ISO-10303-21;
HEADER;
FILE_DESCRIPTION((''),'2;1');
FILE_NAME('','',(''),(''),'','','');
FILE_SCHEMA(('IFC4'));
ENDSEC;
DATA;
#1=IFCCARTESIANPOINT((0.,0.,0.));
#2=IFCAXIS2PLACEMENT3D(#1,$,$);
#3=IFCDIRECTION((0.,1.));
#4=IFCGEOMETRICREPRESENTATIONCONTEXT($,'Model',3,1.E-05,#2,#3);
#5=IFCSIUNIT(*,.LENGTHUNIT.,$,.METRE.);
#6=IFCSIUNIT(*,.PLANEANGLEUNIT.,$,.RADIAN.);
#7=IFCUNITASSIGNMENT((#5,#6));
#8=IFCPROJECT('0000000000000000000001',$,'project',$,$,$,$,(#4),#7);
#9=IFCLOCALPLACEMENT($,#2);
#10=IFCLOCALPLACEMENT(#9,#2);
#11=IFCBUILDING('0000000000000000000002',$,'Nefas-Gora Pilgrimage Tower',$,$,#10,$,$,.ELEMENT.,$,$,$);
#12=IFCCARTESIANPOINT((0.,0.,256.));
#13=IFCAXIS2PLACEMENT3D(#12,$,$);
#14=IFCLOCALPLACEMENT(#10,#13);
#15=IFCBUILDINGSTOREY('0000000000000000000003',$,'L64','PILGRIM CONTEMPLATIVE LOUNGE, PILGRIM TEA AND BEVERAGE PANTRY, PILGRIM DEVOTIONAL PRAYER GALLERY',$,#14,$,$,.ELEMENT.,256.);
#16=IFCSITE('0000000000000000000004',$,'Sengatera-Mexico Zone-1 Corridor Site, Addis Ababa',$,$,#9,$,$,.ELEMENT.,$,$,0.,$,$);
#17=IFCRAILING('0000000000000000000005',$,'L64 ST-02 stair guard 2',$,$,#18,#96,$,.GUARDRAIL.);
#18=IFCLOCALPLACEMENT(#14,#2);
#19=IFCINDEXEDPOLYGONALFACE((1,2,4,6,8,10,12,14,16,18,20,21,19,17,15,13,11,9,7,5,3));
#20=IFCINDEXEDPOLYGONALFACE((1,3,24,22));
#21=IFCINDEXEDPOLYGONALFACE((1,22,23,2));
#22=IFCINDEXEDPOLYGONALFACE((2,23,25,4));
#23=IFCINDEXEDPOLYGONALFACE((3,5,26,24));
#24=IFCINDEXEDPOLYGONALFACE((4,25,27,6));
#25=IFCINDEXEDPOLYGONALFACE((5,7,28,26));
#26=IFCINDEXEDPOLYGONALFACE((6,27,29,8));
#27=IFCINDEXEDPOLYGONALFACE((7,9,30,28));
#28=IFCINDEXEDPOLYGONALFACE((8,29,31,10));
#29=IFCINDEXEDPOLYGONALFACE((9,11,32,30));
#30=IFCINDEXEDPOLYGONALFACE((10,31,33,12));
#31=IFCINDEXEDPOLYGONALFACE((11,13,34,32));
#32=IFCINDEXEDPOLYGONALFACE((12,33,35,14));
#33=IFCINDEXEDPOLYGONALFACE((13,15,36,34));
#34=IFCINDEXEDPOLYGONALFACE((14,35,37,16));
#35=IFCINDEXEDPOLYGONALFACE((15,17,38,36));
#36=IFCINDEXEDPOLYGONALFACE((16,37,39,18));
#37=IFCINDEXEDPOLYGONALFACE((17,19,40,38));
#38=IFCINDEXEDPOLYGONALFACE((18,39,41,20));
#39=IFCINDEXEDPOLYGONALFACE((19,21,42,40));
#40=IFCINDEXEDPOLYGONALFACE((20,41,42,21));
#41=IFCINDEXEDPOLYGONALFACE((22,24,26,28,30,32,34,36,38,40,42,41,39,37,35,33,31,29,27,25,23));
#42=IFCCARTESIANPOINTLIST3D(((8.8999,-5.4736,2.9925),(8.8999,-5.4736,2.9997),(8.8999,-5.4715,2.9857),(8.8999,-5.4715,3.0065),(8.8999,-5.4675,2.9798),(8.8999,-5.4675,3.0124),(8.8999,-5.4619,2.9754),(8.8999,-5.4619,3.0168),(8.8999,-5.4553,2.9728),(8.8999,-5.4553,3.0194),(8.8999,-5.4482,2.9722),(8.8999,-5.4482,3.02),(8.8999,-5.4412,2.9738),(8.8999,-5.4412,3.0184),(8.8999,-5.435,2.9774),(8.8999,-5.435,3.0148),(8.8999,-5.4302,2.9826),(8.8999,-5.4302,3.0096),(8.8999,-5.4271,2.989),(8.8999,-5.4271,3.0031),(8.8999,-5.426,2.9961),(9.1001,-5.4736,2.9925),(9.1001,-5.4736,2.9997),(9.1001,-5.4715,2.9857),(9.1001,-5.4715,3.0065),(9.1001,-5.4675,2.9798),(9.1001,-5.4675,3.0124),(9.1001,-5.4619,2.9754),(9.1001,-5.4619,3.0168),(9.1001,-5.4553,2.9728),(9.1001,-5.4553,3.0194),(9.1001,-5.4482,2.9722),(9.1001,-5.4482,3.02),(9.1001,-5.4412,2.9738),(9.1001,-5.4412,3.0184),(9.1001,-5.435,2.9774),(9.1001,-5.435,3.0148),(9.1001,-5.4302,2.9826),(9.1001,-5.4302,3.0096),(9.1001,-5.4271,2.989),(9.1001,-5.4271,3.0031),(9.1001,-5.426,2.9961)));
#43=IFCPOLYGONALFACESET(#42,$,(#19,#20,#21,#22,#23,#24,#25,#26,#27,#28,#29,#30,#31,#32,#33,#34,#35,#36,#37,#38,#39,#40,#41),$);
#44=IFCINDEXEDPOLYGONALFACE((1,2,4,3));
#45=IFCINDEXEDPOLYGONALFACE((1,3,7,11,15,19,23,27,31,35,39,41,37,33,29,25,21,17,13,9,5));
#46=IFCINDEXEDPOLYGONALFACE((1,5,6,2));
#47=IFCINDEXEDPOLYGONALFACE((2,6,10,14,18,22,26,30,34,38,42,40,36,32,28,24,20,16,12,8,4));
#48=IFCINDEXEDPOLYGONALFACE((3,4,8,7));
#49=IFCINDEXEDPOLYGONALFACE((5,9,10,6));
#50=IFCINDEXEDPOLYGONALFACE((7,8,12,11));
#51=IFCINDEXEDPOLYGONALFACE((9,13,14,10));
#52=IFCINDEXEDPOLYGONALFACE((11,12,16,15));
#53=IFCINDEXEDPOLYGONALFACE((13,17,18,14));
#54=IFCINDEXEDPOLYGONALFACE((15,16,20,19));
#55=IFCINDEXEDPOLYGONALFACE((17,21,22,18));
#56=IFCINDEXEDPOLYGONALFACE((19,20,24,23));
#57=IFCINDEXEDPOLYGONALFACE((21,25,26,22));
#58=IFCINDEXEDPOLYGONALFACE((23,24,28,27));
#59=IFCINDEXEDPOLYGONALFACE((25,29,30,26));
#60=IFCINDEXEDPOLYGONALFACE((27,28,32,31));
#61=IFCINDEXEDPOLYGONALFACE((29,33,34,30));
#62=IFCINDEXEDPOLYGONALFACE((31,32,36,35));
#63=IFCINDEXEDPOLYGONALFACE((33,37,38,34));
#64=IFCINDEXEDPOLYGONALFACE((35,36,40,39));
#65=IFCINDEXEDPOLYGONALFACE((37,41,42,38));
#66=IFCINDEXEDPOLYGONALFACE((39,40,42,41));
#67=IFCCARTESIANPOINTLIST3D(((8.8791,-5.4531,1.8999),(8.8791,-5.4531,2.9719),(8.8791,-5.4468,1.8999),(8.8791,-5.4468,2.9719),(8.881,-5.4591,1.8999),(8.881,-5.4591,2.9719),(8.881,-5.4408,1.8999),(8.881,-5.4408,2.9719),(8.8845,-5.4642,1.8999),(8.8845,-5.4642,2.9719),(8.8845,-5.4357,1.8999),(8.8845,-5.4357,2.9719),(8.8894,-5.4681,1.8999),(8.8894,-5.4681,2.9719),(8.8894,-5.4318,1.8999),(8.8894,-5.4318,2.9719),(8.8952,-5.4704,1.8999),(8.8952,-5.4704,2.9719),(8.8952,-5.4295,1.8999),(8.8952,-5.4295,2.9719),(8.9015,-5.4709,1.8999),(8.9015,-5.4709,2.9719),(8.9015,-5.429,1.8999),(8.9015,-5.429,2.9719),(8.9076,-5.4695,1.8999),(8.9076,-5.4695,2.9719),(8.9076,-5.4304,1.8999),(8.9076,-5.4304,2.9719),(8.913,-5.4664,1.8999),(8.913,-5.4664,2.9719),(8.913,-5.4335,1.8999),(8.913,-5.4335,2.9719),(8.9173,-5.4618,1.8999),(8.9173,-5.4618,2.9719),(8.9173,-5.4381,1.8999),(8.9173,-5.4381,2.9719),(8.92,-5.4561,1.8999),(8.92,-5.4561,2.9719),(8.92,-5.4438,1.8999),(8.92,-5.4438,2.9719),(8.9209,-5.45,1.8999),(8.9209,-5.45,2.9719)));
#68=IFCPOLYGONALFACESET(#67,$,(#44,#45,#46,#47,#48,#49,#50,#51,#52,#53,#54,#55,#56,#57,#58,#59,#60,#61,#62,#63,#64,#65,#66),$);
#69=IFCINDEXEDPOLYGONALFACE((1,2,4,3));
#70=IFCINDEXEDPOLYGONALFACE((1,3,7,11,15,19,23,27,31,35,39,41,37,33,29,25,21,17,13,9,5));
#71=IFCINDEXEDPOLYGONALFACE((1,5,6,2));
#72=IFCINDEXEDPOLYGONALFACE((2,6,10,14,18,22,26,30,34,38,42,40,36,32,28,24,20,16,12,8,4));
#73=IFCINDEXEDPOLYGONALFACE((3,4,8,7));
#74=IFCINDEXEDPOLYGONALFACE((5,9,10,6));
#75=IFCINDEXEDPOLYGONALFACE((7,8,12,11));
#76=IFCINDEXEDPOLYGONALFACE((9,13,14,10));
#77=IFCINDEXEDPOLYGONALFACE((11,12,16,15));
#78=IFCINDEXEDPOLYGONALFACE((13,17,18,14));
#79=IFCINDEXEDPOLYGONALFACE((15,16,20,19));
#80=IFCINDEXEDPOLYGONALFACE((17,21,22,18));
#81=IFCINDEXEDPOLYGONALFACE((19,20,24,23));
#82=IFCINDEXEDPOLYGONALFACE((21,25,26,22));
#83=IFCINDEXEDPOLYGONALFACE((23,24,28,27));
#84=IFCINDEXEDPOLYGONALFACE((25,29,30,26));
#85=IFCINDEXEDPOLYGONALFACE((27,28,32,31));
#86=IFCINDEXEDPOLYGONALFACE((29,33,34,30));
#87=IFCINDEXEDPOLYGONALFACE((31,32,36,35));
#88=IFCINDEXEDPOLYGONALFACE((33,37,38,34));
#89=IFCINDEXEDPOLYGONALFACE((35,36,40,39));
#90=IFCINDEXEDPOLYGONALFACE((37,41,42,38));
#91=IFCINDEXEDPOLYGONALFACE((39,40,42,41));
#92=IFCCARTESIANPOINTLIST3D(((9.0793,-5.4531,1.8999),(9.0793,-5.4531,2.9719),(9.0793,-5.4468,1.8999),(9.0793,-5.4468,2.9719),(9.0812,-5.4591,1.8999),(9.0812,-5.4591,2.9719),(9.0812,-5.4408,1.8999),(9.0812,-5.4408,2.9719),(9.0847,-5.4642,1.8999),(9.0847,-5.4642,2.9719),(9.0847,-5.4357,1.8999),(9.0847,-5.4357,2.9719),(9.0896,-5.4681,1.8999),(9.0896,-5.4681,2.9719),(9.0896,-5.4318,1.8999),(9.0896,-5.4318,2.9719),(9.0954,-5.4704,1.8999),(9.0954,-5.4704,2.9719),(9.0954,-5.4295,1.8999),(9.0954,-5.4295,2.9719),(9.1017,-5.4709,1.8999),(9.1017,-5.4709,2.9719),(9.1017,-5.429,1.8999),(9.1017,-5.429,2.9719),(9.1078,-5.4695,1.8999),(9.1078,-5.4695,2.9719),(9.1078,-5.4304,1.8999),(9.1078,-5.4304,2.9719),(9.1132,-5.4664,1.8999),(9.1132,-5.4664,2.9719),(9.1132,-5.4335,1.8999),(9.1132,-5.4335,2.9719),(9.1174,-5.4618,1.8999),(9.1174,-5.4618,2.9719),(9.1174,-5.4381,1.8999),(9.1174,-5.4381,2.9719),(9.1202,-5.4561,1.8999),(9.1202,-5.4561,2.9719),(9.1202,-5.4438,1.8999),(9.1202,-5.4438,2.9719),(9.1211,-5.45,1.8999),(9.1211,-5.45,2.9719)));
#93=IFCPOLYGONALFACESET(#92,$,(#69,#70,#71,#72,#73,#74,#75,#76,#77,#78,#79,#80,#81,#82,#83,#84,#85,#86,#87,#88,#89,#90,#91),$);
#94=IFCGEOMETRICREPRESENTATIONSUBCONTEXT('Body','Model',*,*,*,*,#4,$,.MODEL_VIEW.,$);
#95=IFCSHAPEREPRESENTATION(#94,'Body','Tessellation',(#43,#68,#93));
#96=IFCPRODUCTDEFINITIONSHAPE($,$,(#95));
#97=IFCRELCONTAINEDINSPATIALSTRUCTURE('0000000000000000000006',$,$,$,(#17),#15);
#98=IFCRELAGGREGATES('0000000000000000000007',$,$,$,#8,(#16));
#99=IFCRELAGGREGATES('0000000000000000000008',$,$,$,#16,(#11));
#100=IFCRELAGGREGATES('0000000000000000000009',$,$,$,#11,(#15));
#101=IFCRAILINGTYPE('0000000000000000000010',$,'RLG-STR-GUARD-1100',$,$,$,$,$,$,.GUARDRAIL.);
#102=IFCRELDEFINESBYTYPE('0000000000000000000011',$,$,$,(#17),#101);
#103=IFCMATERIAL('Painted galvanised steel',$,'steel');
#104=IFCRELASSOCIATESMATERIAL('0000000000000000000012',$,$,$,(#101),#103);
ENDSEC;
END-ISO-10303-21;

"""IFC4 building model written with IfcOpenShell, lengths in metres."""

from ifc_helpers import new_model, si_unit, direction, frame, origin, origin_2d, place, context, subcontext, project, spatial, circle, extrude, material, type_object, element, save


model = new_model("IFC4")

# Units and contexts
model_context = context("Model", 3, precision=1e-05, world=origin(), true_north=direction((0.0, 1.0)))
body_context = subcontext(model_context, "Body", "Model", "MODEL_VIEW")
ifc_project = project(units=[si_unit("LENGTHUNIT", "METRE"), si_unit("PLANEANGLEUNIT", "RADIAN")], contexts=[model_context])

# Site, building, storey
site_placement = place(None, origin())
site = spatial("IfcSite", under=ifc_project, at=site_placement, Name="Sengatera-Mexico Zone-1 Corridor Site, Addis Ababa", CompositionType="ELEMENT", RefElevation=0.0)
building_placement = place(site_placement, origin())
building = spatial("IfcBuilding", under=site, at=building_placement, Name="Nefas-Gora Pilgrimage Tower", CompositionType="ELEMENT")
storey_placement = place(building_placement, frame((0.0, 0.0, 256.0)))
storey = spatial("IfcBuildingStorey", under=building, at=storey_placement, Name="L64", Description="PILGRIM CONTEMPLATIVE LOUNGE, PILGRIM TEA AND BEVERAGE PANTRY, PILGRIM DEVOTIONAL PRAYER GALLERY", CompositionType="ELEMENT", Elevation=256.0)

# Railing
ifc_material_1 = material(Name="Painted galvanised steel", Category="steel")
railing_type_1 = type_object("IfcRailingType", Name="RLG-STR-GUARD-1100", PredefinedType="GUARDRAIL", material=ifc_material_1)
railing_1_placement = place(storey_placement, frame((8.8999, -5.45, 1.8999)))
element("IfcRailing", 1, at=railing_1_placement, inside=storey, type_object=railing_type_1, Name="L64 ST-02 stair guard 2", PredefinedType="GUARDRAIL", context=body_context, shape_type="SweptSolid", body=[
    extrude(circle(Radius=0.0239, at=origin_2d()), frame((0.0, 0.0, 1.0962), z_axis=(1.0, 0.0, 0.0), x_axis=(0.0, 1.0, 0.0)), (0.0, 0.0, 1.0), 0.2002),
    extrude(circle(Radius=0.021, at=origin_2d()), origin(), (0.0, 0.0, 1.0), 1.072),
    extrude(circle(Radius=0.021, at=origin_2d()), frame((0.2002, 0.0, 0.0)), (0.0, 0.0, 1.0), 1.072),
])

save(model, "model.ifc")
